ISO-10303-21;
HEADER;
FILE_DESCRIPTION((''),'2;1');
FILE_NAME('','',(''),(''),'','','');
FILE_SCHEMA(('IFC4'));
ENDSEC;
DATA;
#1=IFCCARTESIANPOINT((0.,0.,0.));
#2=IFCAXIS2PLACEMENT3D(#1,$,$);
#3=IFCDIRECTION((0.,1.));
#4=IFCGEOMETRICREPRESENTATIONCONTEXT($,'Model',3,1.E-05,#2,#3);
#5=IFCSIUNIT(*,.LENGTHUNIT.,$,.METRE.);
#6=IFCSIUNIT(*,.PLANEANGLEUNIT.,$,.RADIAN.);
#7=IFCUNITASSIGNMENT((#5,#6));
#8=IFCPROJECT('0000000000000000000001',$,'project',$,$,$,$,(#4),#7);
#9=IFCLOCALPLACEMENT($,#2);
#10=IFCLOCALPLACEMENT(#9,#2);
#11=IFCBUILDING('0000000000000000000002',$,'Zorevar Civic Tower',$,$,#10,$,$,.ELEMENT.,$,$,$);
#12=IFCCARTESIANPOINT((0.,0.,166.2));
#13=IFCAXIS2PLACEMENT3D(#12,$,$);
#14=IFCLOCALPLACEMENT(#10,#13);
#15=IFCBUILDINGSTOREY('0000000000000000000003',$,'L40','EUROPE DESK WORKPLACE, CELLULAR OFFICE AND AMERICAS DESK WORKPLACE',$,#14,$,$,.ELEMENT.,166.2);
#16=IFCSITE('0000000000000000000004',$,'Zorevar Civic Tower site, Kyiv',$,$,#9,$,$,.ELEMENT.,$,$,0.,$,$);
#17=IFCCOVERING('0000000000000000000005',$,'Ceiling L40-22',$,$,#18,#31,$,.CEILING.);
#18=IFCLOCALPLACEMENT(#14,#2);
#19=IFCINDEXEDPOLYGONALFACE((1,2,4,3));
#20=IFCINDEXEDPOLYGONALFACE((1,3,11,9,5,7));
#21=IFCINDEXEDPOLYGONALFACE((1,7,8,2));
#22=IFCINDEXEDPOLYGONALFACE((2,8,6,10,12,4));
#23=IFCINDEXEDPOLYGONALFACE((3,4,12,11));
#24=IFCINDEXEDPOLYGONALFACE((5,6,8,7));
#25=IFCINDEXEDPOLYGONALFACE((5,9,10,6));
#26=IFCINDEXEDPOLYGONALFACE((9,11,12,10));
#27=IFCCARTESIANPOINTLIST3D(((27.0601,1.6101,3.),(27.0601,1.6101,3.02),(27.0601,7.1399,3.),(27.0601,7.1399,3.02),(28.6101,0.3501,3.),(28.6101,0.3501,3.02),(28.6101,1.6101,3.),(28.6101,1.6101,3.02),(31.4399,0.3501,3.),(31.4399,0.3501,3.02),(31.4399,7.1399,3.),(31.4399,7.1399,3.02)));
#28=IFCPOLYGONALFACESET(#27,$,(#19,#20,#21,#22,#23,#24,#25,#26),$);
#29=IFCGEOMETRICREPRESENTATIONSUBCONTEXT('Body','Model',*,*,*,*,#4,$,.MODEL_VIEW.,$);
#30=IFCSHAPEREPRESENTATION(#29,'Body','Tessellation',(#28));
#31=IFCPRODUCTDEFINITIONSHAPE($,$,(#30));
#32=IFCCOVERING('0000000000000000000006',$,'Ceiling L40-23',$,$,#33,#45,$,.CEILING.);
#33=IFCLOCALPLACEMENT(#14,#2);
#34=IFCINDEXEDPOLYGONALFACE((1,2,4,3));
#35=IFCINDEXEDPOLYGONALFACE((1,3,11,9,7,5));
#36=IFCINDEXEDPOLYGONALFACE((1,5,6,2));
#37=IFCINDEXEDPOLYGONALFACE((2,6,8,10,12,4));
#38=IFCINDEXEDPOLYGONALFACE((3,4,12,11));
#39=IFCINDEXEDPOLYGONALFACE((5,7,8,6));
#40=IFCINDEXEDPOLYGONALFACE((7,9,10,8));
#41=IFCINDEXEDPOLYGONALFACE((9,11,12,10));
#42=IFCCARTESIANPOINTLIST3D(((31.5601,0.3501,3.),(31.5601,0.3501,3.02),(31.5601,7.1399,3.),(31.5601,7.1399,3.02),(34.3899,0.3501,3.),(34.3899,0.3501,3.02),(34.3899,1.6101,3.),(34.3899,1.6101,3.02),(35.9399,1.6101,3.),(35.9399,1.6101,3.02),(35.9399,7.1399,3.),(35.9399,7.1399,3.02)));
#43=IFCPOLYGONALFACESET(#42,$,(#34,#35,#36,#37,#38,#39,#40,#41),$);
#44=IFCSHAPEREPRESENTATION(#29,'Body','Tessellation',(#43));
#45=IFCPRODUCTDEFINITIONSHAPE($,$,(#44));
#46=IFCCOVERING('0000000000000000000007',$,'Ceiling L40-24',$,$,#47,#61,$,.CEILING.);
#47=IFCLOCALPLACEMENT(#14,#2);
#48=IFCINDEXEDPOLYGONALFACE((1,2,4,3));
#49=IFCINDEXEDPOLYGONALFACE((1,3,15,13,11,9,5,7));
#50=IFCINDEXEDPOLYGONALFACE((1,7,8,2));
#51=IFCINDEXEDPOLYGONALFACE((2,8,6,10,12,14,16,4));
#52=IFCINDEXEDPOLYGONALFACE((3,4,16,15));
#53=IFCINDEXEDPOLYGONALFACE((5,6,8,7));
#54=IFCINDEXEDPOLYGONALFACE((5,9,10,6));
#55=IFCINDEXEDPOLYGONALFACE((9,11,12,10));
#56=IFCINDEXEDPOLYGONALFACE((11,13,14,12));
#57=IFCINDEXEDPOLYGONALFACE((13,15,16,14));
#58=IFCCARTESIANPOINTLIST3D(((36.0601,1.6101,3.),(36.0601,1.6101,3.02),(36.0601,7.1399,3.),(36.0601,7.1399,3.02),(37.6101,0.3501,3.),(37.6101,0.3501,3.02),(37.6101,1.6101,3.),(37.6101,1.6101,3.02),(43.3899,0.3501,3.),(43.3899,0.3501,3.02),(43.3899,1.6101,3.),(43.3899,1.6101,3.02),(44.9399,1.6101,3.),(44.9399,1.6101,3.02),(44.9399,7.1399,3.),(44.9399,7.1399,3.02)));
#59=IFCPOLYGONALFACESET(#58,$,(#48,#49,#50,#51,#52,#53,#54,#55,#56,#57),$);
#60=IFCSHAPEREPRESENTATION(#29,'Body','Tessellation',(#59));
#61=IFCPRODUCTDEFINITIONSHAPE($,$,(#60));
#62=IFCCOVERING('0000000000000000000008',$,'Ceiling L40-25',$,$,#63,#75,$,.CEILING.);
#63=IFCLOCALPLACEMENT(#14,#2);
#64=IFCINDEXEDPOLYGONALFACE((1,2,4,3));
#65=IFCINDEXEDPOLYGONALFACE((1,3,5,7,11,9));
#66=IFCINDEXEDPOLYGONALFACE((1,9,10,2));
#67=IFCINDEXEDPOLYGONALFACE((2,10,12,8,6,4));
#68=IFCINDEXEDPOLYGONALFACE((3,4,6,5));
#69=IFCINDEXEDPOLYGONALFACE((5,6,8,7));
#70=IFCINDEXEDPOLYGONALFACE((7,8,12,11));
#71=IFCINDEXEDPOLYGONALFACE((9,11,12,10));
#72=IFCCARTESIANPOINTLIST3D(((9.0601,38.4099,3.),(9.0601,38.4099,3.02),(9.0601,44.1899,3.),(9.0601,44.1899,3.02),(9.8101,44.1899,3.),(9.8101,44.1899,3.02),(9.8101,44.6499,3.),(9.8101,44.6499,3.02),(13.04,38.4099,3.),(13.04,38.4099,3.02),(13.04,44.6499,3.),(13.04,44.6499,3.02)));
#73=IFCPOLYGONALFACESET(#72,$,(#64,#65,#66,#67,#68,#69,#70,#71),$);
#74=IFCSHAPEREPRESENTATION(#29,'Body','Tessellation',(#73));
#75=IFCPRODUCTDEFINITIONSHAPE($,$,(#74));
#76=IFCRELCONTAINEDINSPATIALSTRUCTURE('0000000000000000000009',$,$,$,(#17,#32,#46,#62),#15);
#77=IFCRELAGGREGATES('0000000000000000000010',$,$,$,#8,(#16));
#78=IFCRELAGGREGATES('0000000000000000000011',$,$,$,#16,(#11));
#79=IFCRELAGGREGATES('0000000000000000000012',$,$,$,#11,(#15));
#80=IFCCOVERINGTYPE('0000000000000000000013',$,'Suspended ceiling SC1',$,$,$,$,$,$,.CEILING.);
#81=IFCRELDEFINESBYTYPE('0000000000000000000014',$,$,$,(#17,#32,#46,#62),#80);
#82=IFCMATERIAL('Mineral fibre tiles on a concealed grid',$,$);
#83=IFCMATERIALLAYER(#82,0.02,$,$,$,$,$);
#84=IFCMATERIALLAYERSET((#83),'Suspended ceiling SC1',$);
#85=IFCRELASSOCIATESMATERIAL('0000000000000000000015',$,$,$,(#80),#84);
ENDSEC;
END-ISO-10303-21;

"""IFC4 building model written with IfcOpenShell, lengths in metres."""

from ifc_helpers import new_model, si_unit, direction, frame, origin, place, context, subcontext, project, spatial, polyline, outline, extrude, material, layer, layer_set, type_object, element, save


model = new_model("IFC4")

# Units and contexts
model_context = context("Model", 3, precision=1e-05, world=origin(), true_north=direction((0.0, 1.0)))
body_context = subcontext(model_context, "Body", "Model", "MODEL_VIEW")
ifc_project = project(units=[si_unit("LENGTHUNIT", "METRE"), si_unit("PLANEANGLEUNIT", "RADIAN")], contexts=[model_context])

# Site, building, storey
site_placement = place(None, origin())
site = spatial("IfcSite", under=ifc_project, at=site_placement, Name="Zorevar Civic Tower site, Kyiv", CompositionType="ELEMENT", RefElevation=0.0)
building_placement = place(site_placement, origin())
building = spatial("IfcBuilding", under=site, at=building_placement, Name="Zorevar Civic Tower", CompositionType="ELEMENT")
storey_placement = place(building_placement, frame((0.0, 0.0, 166.2)))
storey = spatial("IfcBuildingStorey", under=building, at=storey_placement, Name="L40", Description="EUROPE DESK WORKPLACE, CELLULAR OFFICE AND AMERICAS DESK WORKPLACE", CompositionType="ELEMENT", Elevation=166.2)

# Coverings
ifc_material_1 = material(Name="Mineral fibre tiles on a concealed grid")
ifc_layer_1 = layer(ifc_material_1, 0.02)
ifc_layer_set_1 = layer_set([ifc_layer_1], Name="Suspended ceiling SC1")
covering_type_1 = type_object("IfcCoveringType", Name="Suspended ceiling SC1", PredefinedType="CEILING", material=ifc_layer_set_1)
covering_1_placement = place(storey_placement, frame((0.0, 0.0, 3.0)))
element("IfcCovering", 1, at=covering_1_placement, inside=storey, type_object=covering_type_1, Name="Ceiling L40-22", PredefinedType="CEILING", context=body_context, shape_type="SweptSolid", body=[
    extrude(outline(polyline([(31.4399, 7.1399), (31.4399, 0.3501), (28.6101, 0.3501), (28.6101, 1.6101), (27.0601, 1.6101), (27.0601, 7.1399), (31.4399, 7.1399)])), origin(), (0.0, 0.0, 1.0), 0.02),
])
covering_2_placement = place(storey_placement, frame((0.0, 0.0, 3.0)))
element("IfcCovering", 2, at=covering_2_placement, inside=storey, type_object=covering_type_1, Name="Ceiling L40-23", PredefinedType="CEILING", context=body_context, shape_type="SweptSolid", body=[
    extrude(outline(polyline([(35.9399, 7.1399), (35.9399, 1.6101), (34.3899, 1.6101), (34.3899, 0.3501), (31.5601, 0.3501), (31.5601, 7.1399), (35.9399, 7.1399)])), origin(), (0.0, 0.0, 1.0), 0.02),
])
covering_3_placement = place(storey_placement, frame((0.0, 0.0, 3.0)))
element("IfcCovering", 3, at=covering_3_placement, inside=storey, type_object=covering_type_1, Name="Ceiling L40-24", PredefinedType="CEILING", context=body_context, shape_type="SweptSolid", body=[
    extrude(outline(polyline([(37.6101, 0.3501), (37.6101, 1.6101), (36.0601, 1.6101), (36.0601, 7.1399), (44.9399, 7.1399), (44.9399, 1.6101), (43.3899, 1.6101), (43.3899, 0.3501), (37.6101, 0.3501)])), origin(), (0.0, 0.0, 1.0), 0.02),
])
covering_4_placement = place(storey_placement, frame((0.0, 0.0, 3.0)))
element("IfcCovering", 4, at=covering_4_placement, inside=storey, type_object=covering_type_1, Name="Ceiling L40-25", PredefinedType="CEILING", context=body_context, shape_type="SweptSolid", body=[
    extrude(outline(polyline([(9.0601, 38.4099), (9.0601, 44.1899), (9.8101, 44.1899), (9.8101, 44.6499), (13.04, 44.6499), (13.04, 38.4099), (9.0601, 38.4099)])), origin(), (0.0, 0.0, 1.0), 0.02),
])

save(model, "model.ifc")
